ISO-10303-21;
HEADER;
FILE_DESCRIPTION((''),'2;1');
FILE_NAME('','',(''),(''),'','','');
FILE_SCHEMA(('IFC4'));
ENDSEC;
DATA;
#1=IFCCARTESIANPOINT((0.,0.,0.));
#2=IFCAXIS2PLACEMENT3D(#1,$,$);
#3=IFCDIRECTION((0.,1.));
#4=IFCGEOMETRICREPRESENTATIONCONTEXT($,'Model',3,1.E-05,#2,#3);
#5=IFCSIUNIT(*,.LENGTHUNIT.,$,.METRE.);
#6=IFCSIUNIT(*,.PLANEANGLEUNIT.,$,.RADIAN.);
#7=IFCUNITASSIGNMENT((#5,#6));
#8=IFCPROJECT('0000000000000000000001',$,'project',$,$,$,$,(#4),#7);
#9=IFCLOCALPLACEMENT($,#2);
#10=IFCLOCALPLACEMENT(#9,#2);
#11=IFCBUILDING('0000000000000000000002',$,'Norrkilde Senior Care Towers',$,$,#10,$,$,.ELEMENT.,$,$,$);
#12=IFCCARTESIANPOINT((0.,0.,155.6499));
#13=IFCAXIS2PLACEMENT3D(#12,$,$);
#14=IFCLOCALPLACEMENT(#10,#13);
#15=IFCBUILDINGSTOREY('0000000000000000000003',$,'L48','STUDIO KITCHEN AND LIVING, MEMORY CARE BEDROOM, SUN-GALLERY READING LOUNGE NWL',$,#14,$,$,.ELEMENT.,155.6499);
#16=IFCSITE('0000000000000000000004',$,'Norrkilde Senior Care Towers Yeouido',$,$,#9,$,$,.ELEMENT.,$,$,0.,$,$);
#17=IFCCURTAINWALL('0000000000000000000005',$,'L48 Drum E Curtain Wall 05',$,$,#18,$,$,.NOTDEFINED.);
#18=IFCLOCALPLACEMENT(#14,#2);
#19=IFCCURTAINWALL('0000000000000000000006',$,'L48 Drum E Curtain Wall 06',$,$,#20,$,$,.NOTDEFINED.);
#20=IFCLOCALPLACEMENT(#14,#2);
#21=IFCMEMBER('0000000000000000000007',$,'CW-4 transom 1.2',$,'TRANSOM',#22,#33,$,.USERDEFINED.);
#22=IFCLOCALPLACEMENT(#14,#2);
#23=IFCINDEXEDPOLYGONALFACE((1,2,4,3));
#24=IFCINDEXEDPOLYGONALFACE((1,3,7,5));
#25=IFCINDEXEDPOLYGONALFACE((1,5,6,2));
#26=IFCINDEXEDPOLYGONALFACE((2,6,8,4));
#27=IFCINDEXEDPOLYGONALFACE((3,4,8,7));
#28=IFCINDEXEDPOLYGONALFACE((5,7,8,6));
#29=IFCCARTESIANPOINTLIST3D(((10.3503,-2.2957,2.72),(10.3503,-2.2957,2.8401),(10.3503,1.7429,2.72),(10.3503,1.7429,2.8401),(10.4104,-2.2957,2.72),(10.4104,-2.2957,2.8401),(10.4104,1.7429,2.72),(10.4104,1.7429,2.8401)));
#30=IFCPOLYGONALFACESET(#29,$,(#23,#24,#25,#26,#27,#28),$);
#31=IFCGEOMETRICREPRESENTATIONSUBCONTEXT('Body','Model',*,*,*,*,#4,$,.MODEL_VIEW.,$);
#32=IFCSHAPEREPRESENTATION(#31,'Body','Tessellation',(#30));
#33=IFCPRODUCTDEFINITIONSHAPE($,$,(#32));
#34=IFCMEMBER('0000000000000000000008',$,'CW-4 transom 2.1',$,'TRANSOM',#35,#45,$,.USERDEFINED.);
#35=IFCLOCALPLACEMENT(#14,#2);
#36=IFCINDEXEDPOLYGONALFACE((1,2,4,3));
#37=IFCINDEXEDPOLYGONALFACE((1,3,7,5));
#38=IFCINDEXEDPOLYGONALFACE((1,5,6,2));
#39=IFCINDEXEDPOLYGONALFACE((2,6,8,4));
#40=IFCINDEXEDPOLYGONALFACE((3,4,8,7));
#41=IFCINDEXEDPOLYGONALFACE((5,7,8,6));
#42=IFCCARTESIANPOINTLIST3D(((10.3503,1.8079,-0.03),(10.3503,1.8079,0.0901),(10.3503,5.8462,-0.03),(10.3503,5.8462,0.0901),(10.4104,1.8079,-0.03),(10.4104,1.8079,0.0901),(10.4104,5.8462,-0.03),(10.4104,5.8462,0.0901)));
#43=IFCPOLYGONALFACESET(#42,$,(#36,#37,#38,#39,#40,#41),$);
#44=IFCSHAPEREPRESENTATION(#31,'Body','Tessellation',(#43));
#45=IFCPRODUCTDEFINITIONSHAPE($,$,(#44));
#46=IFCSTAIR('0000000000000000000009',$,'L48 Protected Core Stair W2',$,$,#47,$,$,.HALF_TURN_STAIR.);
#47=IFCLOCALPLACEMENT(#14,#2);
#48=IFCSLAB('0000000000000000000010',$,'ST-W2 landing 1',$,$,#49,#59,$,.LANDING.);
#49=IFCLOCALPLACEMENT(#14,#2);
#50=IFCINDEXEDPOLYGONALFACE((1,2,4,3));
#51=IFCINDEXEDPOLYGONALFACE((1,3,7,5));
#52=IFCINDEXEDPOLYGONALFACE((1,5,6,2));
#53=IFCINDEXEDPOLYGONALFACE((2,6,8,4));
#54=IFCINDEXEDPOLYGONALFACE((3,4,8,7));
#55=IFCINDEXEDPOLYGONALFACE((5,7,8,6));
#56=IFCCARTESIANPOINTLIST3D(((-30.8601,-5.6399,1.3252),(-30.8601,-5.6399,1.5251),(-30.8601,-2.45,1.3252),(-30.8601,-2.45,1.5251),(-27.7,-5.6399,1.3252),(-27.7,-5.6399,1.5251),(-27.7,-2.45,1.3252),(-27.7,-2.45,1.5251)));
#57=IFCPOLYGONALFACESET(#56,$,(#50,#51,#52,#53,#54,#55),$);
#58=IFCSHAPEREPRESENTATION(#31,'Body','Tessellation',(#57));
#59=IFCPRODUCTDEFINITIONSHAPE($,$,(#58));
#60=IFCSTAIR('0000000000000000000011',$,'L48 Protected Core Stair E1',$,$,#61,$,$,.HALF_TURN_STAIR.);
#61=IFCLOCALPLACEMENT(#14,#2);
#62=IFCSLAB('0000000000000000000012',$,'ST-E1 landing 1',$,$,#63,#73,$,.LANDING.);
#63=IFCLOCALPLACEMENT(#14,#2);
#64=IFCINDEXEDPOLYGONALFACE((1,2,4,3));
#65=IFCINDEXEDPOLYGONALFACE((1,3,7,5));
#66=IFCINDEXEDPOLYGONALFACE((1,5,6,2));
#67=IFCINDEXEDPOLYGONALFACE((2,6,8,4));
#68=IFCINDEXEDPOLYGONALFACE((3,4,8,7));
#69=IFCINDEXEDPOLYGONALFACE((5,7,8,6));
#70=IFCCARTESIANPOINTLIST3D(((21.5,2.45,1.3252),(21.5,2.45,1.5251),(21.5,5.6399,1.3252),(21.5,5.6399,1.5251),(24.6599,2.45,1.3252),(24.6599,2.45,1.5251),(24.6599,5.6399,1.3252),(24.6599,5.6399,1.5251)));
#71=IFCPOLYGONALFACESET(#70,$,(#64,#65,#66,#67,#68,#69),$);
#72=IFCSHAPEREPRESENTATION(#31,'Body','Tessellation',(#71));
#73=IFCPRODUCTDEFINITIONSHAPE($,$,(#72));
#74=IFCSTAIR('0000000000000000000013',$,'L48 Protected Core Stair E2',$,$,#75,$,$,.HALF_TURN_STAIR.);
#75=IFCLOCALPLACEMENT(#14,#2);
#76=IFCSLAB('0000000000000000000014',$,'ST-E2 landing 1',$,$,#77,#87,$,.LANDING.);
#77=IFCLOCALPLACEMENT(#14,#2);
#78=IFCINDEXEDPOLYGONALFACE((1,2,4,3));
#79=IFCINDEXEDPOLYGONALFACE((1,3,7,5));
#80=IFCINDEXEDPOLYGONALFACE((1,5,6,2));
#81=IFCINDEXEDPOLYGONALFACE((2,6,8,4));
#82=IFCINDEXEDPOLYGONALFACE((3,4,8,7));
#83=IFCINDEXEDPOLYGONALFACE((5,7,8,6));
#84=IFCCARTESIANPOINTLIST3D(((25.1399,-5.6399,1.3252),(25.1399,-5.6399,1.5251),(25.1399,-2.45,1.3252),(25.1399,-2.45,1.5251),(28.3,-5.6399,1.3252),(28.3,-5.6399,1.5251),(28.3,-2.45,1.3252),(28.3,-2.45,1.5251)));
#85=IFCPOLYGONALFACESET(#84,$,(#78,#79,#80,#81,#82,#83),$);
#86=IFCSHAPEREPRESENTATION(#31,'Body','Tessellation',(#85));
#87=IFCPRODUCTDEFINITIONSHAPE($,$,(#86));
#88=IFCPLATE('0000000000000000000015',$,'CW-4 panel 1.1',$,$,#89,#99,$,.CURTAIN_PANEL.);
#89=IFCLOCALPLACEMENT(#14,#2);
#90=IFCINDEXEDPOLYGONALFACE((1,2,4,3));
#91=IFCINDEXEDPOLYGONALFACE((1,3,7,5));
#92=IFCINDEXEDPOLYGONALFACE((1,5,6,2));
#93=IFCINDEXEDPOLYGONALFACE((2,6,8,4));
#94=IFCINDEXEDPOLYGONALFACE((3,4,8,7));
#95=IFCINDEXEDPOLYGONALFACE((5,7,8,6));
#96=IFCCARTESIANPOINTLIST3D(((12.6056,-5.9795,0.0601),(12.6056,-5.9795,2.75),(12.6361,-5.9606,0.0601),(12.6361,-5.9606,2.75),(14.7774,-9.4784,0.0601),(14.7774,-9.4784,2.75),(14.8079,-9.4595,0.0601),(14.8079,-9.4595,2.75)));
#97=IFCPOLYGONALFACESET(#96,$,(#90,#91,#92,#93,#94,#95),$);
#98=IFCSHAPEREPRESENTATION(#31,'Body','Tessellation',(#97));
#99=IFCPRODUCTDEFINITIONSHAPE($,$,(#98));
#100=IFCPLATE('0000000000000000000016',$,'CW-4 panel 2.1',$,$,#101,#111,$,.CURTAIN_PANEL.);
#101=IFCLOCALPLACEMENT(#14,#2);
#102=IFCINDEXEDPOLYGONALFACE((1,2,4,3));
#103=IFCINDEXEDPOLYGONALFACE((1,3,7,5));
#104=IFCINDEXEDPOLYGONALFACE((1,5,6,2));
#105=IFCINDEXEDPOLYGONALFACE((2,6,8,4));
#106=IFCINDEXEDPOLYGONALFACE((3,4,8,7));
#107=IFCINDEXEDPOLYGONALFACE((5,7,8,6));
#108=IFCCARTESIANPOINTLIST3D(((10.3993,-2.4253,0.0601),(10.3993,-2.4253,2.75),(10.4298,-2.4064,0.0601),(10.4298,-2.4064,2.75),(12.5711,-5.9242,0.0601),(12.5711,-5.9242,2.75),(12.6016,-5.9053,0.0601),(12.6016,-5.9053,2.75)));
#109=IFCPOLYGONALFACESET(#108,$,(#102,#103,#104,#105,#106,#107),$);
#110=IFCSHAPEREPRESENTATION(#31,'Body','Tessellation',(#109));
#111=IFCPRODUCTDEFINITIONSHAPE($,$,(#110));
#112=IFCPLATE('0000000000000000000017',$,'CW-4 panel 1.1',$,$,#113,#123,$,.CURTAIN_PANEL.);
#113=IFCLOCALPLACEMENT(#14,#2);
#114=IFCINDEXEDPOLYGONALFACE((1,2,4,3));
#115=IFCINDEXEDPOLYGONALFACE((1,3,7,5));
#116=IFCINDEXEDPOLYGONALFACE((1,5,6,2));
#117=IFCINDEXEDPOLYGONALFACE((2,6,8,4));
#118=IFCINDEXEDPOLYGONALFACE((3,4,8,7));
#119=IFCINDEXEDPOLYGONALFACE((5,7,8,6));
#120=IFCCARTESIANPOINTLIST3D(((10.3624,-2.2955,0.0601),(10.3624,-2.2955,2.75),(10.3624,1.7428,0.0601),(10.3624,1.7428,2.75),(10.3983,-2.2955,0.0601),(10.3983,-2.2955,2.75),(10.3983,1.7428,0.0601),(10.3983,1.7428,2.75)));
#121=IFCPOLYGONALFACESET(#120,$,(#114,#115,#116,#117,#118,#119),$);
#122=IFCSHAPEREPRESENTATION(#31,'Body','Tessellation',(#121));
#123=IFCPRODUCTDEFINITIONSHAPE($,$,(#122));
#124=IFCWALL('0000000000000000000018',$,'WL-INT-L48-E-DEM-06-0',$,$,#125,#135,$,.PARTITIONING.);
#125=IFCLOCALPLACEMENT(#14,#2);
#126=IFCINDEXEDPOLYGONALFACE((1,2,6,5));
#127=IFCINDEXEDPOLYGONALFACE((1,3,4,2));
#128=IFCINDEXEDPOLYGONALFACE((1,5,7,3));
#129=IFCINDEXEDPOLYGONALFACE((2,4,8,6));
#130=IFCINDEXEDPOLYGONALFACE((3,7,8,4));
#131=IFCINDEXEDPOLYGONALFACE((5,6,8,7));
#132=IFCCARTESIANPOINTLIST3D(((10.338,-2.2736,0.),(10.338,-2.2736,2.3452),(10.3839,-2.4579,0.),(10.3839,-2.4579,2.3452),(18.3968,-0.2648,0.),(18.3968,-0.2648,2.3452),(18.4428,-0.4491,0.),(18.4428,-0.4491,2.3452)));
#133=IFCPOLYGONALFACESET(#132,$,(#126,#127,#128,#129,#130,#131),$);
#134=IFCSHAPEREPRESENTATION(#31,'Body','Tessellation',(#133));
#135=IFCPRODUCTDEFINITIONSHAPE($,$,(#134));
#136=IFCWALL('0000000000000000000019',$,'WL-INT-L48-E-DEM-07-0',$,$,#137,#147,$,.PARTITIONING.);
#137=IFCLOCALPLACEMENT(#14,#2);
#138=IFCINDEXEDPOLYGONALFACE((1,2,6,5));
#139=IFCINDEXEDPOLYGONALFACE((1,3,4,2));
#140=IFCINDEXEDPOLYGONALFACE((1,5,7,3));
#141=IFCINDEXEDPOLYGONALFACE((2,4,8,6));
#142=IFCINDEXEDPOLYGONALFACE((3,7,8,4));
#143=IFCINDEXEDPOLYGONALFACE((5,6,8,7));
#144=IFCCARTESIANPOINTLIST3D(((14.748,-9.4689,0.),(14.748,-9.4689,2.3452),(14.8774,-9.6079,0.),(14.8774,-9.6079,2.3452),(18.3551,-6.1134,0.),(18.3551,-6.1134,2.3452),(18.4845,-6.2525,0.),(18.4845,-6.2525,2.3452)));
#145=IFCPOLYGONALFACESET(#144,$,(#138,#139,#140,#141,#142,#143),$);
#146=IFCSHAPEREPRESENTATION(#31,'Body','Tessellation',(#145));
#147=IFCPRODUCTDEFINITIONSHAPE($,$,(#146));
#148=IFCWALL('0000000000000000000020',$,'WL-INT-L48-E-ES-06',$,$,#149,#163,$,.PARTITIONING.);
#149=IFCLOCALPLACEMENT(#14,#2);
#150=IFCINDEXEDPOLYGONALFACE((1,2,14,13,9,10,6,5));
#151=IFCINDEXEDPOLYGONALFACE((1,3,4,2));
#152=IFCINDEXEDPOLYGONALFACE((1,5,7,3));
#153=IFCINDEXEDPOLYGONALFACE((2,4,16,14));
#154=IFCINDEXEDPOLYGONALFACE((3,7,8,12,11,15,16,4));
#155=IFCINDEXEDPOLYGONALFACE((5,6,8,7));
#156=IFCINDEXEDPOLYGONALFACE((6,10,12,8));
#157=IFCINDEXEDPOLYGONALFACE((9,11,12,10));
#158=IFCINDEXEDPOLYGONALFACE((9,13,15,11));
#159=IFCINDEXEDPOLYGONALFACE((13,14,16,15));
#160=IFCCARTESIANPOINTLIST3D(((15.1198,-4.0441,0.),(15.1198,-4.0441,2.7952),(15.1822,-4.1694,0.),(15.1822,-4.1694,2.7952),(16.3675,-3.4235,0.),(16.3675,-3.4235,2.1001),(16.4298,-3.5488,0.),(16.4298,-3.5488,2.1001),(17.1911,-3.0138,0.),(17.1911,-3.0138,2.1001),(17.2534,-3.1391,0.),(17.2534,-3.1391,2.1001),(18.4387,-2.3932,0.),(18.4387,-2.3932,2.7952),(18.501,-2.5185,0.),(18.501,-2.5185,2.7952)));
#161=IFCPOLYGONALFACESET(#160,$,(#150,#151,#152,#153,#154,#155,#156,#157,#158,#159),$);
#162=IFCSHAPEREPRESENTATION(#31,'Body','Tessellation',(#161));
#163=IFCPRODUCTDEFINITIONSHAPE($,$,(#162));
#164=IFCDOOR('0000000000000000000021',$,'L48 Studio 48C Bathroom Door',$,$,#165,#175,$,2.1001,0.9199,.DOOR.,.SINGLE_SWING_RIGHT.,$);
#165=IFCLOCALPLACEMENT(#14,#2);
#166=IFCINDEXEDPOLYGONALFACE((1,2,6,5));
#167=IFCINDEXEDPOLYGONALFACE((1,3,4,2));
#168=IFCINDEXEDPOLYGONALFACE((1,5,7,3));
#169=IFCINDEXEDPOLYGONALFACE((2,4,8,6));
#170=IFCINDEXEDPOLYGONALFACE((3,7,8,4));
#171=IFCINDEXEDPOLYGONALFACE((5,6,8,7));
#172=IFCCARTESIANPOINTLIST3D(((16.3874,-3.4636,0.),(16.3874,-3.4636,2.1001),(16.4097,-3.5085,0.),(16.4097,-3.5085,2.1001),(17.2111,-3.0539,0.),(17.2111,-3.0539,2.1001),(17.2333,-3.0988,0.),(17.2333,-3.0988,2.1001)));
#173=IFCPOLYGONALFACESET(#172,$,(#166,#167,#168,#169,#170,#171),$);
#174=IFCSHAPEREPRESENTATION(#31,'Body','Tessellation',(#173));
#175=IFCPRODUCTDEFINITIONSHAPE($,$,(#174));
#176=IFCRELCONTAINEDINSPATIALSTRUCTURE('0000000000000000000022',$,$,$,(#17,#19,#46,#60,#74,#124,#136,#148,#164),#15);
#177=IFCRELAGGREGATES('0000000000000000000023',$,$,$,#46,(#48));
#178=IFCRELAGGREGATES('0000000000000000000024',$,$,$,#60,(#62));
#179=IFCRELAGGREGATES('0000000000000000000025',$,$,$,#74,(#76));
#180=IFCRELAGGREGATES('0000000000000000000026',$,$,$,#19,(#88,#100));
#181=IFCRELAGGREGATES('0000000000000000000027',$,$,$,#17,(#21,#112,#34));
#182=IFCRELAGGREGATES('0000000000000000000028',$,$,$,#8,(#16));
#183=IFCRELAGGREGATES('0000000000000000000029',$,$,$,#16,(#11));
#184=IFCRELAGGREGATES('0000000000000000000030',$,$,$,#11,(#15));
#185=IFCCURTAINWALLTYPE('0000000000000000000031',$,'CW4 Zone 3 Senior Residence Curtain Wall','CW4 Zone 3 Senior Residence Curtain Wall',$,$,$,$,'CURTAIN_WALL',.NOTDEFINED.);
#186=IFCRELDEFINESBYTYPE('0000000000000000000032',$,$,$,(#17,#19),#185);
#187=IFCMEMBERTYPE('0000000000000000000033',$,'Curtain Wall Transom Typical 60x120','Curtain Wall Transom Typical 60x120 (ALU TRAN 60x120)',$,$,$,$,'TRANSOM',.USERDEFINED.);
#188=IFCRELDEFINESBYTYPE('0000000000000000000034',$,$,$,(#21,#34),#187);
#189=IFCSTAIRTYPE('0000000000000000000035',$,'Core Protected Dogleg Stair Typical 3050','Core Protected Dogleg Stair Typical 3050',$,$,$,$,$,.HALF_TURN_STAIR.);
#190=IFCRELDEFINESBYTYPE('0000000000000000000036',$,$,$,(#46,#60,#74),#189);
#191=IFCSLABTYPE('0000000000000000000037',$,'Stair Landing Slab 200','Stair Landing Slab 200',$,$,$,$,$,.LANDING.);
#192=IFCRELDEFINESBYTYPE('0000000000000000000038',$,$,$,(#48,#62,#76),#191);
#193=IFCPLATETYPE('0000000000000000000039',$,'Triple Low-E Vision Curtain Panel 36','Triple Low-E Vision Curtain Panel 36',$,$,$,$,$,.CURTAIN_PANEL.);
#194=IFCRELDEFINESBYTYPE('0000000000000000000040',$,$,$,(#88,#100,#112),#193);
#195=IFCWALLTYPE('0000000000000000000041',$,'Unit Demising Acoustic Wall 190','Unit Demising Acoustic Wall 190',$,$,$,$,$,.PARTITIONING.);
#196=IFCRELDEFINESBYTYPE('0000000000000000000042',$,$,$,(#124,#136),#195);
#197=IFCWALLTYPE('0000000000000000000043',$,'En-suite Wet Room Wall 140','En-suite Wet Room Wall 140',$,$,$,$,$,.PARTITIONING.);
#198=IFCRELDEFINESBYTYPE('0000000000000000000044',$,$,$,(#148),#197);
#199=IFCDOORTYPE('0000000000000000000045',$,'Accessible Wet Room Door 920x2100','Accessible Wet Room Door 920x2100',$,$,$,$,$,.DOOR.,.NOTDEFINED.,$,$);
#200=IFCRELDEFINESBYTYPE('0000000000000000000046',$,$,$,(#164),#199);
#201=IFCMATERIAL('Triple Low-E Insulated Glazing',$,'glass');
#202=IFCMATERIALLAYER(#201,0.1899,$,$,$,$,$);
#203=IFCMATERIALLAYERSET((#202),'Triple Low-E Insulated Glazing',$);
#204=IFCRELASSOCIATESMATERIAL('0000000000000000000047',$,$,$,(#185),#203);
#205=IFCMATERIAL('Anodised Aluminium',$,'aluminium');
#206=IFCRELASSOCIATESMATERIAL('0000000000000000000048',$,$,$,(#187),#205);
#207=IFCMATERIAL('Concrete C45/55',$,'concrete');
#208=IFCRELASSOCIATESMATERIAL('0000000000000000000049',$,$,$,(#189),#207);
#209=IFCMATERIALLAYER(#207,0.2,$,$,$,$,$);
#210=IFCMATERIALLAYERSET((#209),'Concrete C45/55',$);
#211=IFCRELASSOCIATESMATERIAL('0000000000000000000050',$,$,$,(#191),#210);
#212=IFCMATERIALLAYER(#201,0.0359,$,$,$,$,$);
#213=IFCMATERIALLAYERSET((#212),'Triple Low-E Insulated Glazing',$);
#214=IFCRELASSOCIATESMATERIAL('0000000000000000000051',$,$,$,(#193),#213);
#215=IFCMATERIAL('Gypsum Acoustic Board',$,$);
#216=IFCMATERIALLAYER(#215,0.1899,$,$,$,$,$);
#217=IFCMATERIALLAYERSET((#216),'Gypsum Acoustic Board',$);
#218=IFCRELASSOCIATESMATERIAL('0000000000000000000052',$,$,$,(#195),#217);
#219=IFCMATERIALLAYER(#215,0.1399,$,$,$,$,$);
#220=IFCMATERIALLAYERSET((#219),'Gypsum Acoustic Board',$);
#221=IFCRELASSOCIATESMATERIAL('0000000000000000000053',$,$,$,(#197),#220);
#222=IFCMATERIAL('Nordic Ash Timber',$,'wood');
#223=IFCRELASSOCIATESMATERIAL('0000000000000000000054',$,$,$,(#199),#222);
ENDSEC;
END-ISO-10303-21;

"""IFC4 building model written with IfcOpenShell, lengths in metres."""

from ifc_helpers import new_model, si_unit, direction, frame, frame_2d, origin, origin_2d, place, context, subcontext, project, spatial, polyline, rectangle, outline, extrude, source, transform, mapped, material, layer, layer_set, material_profile, profile_set, type_object, type_shapes, element, fill, aggregate, save


model = new_model("IFC4")

# Units and contexts
model_context = context("Model", 3, precision=1e-05, world=origin(), true_north=direction((0.0, 1.0)))
body_context = subcontext(model_context, "Body", "Model", "MODEL_VIEW")
ifc_project = project(units=[si_unit("LENGTHUNIT", "METRE"), si_unit("PLANEANGLEUNIT", "RADIAN")], contexts=[model_context])

# Site, building, storey
site_placement = place(None, origin())
site = spatial("IfcSite", under=ifc_project, at=site_placement, Name="Norrkilde Senior Care Towers Yeouido", CompositionType="ELEMENT", RefElevation=0.0)
building_placement = place(site_placement, origin())
building = spatial("IfcBuilding", under=site, at=building_placement, Name="Norrkilde Senior Care Towers", CompositionType="ELEMENT")
storey_placement = place(building_placement, frame((0.0, 0.0, 155.6499)))
storey = spatial("IfcBuildingStorey", under=building, at=storey_placement, Name="L48", Description="STUDIO KITCHEN AND LIVING, MEMORY CARE BEDROOM, SUN-GALLERY READING LOUNGE NWL", CompositionType="ELEMENT", Elevation=155.6499)

# Curtain walls
ifc_material_1 = material(Name="Triple Low-E Insulated Glazing", Category="glass")
ifc_layer_1 = layer(ifc_material_1, 0.1899)
ifc_layer_set_1 = layer_set([ifc_layer_1], Name="Triple Low-E Insulated Glazing")
curtain_wall_type = type_object("IfcCurtainWallType", Name="CW4 Zone 3 Senior Residence Curtain Wall", Description="CW4 Zone 3 Senior Residence Curtain Wall", ElementType="CURTAIN_WALL", PredefinedType="NOTDEFINED", material=ifc_layer_set_1)
curtain_wall_1_placement = place(storey_placement, origin())
curtain_wall_1 = element("IfcCurtainWall", 1, at=curtain_wall_1_placement, inside=storey, type_object=curtain_wall_type, Name="L48 Drum E Curtain Wall 05", PredefinedType="NOTDEFINED")
ifc_material_2 = material(Name="Anodised Aluminium", Category="aluminium")
curtain_wall_2_placement = place(storey_placement, origin())
curtain_wall_2 = element("IfcCurtainWall", 2, at=curtain_wall_2_placement, inside=storey, type_object=curtain_wall_type, Name="L48 Drum E Curtain Wall 06", PredefinedType="NOTDEFINED")
ifc_material_profile_1 = material_profile(ifc_material_2, rectangle(XDim=0.0601, YDim=0.1201, at=origin_2d()), Name="ALU TRAN 60x120")
ifc_profile_set_1 = profile_set([ifc_material_profile_1], Name="Anodised Aluminium")
member_type_1 = type_object("IfcMemberType", Name="Curtain Wall Transom Typical 60x120", Description="Curtain Wall Transom Typical 60x120 (ALU TRAN 60x120)", ElementType="TRANSOM", PredefinedType="USERDEFINED", material=ifc_profile_set_1)

# Members
shared_shape_1 = source(origin(), body_context, "Body", "SweptSolid", [
    extrude(rectangle(XDim=0.0601, YDim=0.1201, at=origin_2d()), origin(), (0.0, 0.0, 1.0), 4.0386),
])
member_1_placement = place(storey_placement, frame((10.3804, -2.2957, 2.78), z_axis=(0.0, 1.0, 0.0), x_axis=(-1.0, 0.0, 0.0)))
member_1 = element("IfcMember", 3, at=member_1_placement, type_object=member_type_1, Name="CW-4 transom 1.2", ObjectType="TRANSOM", PredefinedType="USERDEFINED", context=body_context, shape_type="MappedRepresentation", body=[
    mapped(shared_shape_1, transform((0.0, 0.0, 0.0), x_axis=(1.0, 0.0, 0.0), y_axis=(0.0, 1.0, 0.0), z_axis=(0.0, 0.0, 1.0), scale=1.0)),
])
shared_shape_2 = source(origin(), body_context, "Body", "SweptSolid", [
    extrude(rectangle(XDim=0.0601, YDim=0.1201, at=origin_2d()), origin(), (0.0, 0.0, 1.0), 4.0383),
])
member_2_placement = place(storey_placement, frame((10.3804, 1.8079, 0.03), z_axis=(0.0, 1.0, 0.0), x_axis=(-1.0, 0.0, 0.0)))
member_2 = element("IfcMember", 4, at=member_2_placement, type_object=member_type_1, Name="CW-4 transom 2.1", ObjectType="TRANSOM", PredefinedType="USERDEFINED", context=body_context, shape_type="MappedRepresentation", body=[
    mapped(shared_shape_2, transform((0.0, 0.0, 0.0), x_axis=(1.0, 0.0, 0.0), y_axis=(0.0, 1.0, 0.0), z_axis=(0.0, 0.0, 1.0), scale=1.0)),
])

# Stairs, slabs
ifc_material_3 = material(Name="Concrete C45/55", Category="concrete")
stair_type = type_object("IfcStairType", Name="Core Protected Dogleg Stair Typical 3050", Description="Core Protected Dogleg Stair Typical 3050", PredefinedType="HALF_TURN_STAIR", material=ifc_material_3)
stair_1_placement = place(storey_placement, origin())
stair_1 = element("IfcStair", 5, at=stair_1_placement, inside=storey, type_object=stair_type, Name="L48 Protected Core Stair W2", PredefinedType="HALF_TURN_STAIR")
ifc_layer_2 = layer(ifc_material_3, 0.2)
ifc_layer_set_2 = layer_set([ifc_layer_2], Name="Concrete C45/55")
slab_type = type_object("IfcSlabType", Name="Stair Landing Slab 200", Description="Stair Landing Slab 200", PredefinedType="LANDING", material=ifc_layer_set_2)
slab_1_placement = place(storey_placement, frame((0.0, 0.0, 1.3252)))
slab_1 = element("IfcSlab", 6, at=slab_1_placement, type_object=slab_type, Name="ST-W2 landing 1", PredefinedType="LANDING", context=body_context, shape_type="SweptSolid", body=[
    extrude(outline(polyline([(-30.8601, -5.6399), (-27.7, -5.6399), (-27.7, -2.45), (-30.8601, -2.45), (-30.8601, -5.6399)])), origin(), (0.0, 0.0, 1.0), 0.2),
])
aggregate(stair_1, [slab_1])
stair_2_placement = place(storey_placement, origin())
stair_2 = element("IfcStair", 7, at=stair_2_placement, inside=storey, type_object=stair_type, Name="L48 Protected Core Stair E1", PredefinedType="HALF_TURN_STAIR")
slab_2_placement = place(storey_placement, frame((0.0, 0.0, 1.3252)))
slab_2 = element("IfcSlab", 8, at=slab_2_placement, type_object=slab_type, Name="ST-E1 landing 1", PredefinedType="LANDING", context=body_context, shape_type="SweptSolid", body=[
    extrude(outline(polyline([(24.6599, 5.6399), (21.5, 5.6399), (21.5, 2.45), (24.6599, 2.45), (24.6599, 5.6399)])), origin(), (0.0, 0.0, 1.0), 0.2),
])
aggregate(stair_2, [slab_2])
stair_3_placement = place(storey_placement, origin())
stair_3 = element("IfcStair", 9, at=stair_3_placement, inside=storey, type_object=stair_type, Name="L48 Protected Core Stair E2", PredefinedType="HALF_TURN_STAIR")
slab_3_placement = place(storey_placement, frame((0.0, 0.0, 1.3252)))
slab_3 = element("IfcSlab", 10, at=slab_3_placement, type_object=slab_type, Name="ST-E2 landing 1", PredefinedType="LANDING", context=body_context, shape_type="SweptSolid", body=[
    extrude(outline(polyline([(25.1399, -5.6399), (28.3, -5.6399), (28.3, -2.45), (25.1399, -2.45), (25.1399, -5.6399)])), origin(), (0.0, 0.0, 1.0), 0.2),
])
aggregate(stair_3, [slab_3])

# Plates
ifc_layer_3 = layer(ifc_material_1, 0.0359)
ifc_layer_set_3 = layer_set([ifc_layer_3], Name="Triple Low-E Insulated Glazing")
plate_type = type_object("IfcPlateType", Name="Triple Low-E Vision Curtain Panel 36", Description="Triple Low-E Vision Curtain Panel 36", PredefinedType="CURTAIN_PANEL", material=ifc_layer_set_3)
shared_shape_3 = source(origin(), body_context, "Body", "SweptSolid", [
    extrude(rectangle(XDim=4.1182, YDim=0.0359, at=origin_2d()), origin(), (0.0, 0.0, 1.0), 2.6899),
])
plate_1_placement = place(storey_placement, frame((13.7068, -7.7195, 0.0601), z_axis=(0.0, 0.0, 1.0), x_axis=(-0.527373, 0.849634, 0.0)))
plate_1 = element("IfcPlate", 11, at=plate_1_placement, type_object=plate_type, Name="CW-4 panel 1.1", PredefinedType="CURTAIN_PANEL", context=body_context, shape_type="MappedRepresentation", body=[
    mapped(shared_shape_3, transform((0.0, 0.0, 0.0), x_axis=(1.0, 0.0, 0.0), y_axis=(0.0, 1.0, 0.0), z_axis=(0.0, 0.0, 1.0), scale=1.0)),
])
plate_2_placement = place(storey_placement, frame((11.5005, -4.1653, 0.0601), z_axis=(0.0, 0.0, 1.0), x_axis=(-0.527373, 0.849634, 0.0)))
plate_2 = element("IfcPlate", 12, at=plate_2_placement, type_object=plate_type, Name="CW-4 panel 2.1", PredefinedType="CURTAIN_PANEL", context=body_context, shape_type="MappedRepresentation", body=[
    mapped(shared_shape_3, transform((0.0, 0.0, 0.0), x_axis=(1.0, 0.0, 0.0), y_axis=(0.0, 1.0, 0.0), z_axis=(0.0, 0.0, 1.0), scale=1.0)),
])
aggregate(curtain_wall_2, [plate_1, plate_2])
shared_shape_4 = source(origin(), body_context, "Body", "SweptSolid", [
    extrude(rectangle(XDim=4.0383, YDim=0.0359, at=origin_2d()), origin(), (0.0, 0.0, 1.0), 2.6899),
])
type_shapes(plate_type, [shared_shape_3, shared_shape_4])
plate_3_placement = place(storey_placement, frame((10.3804, -0.2764, 0.0601), z_axis=(0.0, 0.0, 1.0), x_axis=(0.0, 1.0, 0.0)))
plate_3 = element("IfcPlate", 13, at=plate_3_placement, type_object=plate_type, Name="CW-4 panel 1.1", PredefinedType="CURTAIN_PANEL", context=body_context, shape_type="MappedRepresentation", body=[
    mapped(shared_shape_4, transform((0.0, 0.0, 0.0), x_axis=(1.0, 0.0, 0.0), y_axis=(0.0, 1.0, 0.0), z_axis=(0.0, 0.0, 1.0), scale=1.0)),
])
aggregate(curtain_wall_1, [member_1, plate_3, member_2])

# Walls
ifc_material_4 = material(Name="Gypsum Acoustic Board")
ifc_layer_4 = layer(ifc_material_4, 0.1899)
ifc_layer_set_4 = layer_set([ifc_layer_4], Name="Gypsum Acoustic Board")
wall_type_1 = type_object("IfcWallType", Name="Unit Demising Acoustic Wall 190", Description="Unit Demising Acoustic Wall 190", PredefinedType="PARTITIONING", material=ifc_layer_set_4)
shared_shape_5 = source(origin(), body_context, "Body", "SweptSolid", [
    extrude(rectangle(XDim=8.3054, YDim=0.1899, at=frame_2d((4.1528, 0.0))), origin(), (0.0, 0.0, 1.0), 2.3452),
])
wall_1_placement = place(storey_placement, frame((18.4199, -0.3569, 0.0), z_axis=(0.0, 0.0, 1.0), x_axis=(-0.97031, -0.241865, 0.0)))
element("IfcWall", 14, at=wall_1_placement, inside=storey, type_object=wall_type_1, Name="WL-INT-L48-E-DEM-06-0", PredefinedType="PARTITIONING", context=body_context, shape_type="MappedRepresentation", body=[
    mapped(shared_shape_5, transform((0.0, 0.0, 0.0), x_axis=(1.0, 0.0, 0.0), y_axis=(0.0, 1.0, 0.0), z_axis=(0.0, 0.0, 1.0), scale=1.0)),
])
shared_shape_6 = source(origin(), body_context, "Body", "SweptSolid", [
    extrude(rectangle(XDim=4.9265, YDim=0.1899, at=frame_2d((2.4634, 0.0))), origin(), (0.0, 0.0, 1.0), 2.3452),
])
type_shapes(wall_type_1, [shared_shape_5, shared_shape_6])
wall_2_placement = place(storey_placement, frame((18.4199, -6.1829, 0.0), z_axis=(0.0, 0.0, 1.0), x_axis=(-0.732191, -0.681099, 0.0)))
element("IfcWall", 15, at=wall_2_placement, inside=storey, type_object=wall_type_1, Name="WL-INT-L48-E-DEM-07-0", PredefinedType="PARTITIONING", context=body_context, shape_type="MappedRepresentation", body=[
    mapped(shared_shape_6, transform((0.0, 0.0, 0.0), x_axis=(1.0, 0.0, 0.0), y_axis=(0.0, 1.0, 0.0), z_axis=(0.0, 0.0, 1.0), scale=1.0)),
])

# Wall, opening, door
ifc_layer_5 = layer(ifc_material_4, 0.1399)
ifc_layer_set_5 = layer_set([ifc_layer_5], Name="Gypsum Acoustic Board")
wall_type_2 = type_object("IfcWallType", Name="En-suite Wet Room Wall 140", Description="En-suite Wet Room Wall 140", PredefinedType="PARTITIONING", material=ifc_layer_set_5)
shared_shape_7 = source(origin(), body_context, "Body", "SweptSolid", [
    extrude(rectangle(XDim=3.7068, YDim=0.1399, at=frame_2d((1.8535, 0.0))), origin(), (0.0, 0.0, 1.0), 2.7952),
])
wall_3_placement = place(storey_placement, frame((18.47, -2.4558, 0.0), z_axis=(0.0, 0.0, 1.0), x_axis=(-0.895347, -0.445368, 0.0)))
wall_3 = element("IfcWall", 16, at=wall_3_placement, inside=storey, type_object=wall_type_2, Name="WL-INT-L48-E-ES-06", PredefinedType="PARTITIONING", context=body_context, shape_type="MappedRepresentation", body=[
    mapped(shared_shape_7, transform((0.0, 0.0, 0.0), x_axis=(1.0, 0.0, 0.0), y_axis=(0.0, 1.0, 0.0), z_axis=(0.0, 0.0, 1.0), scale=1.0)),
])
opening_placement = place(wall_3_placement, frame((1.3936, 0.0, 0.0)))
opening = element("IfcOpeningElement", 17, at=opening_placement, cuts=wall_3, PredefinedType="OPENING", context=body_context, shape_type="SweptSolid", body=[
    extrude(rectangle(XDim=0.9199, YDim=2.1001, at=frame_2d((0.46, 1.05))), frame((0.0, 0.0798, 0.0), z_axis=(0.0, -1.0, 0.0), x_axis=(1.0, 0.0, 0.0)), (0.0, 0.0, 1.0), 0.1599),
])
ifc_material_5 = material(Name="Nordic Ash Timber", Category="wood")
door_type = type_object("IfcDoorType", Name="Accessible Wet Room Door 920x2100", Description="Accessible Wet Room Door 920x2100", OperationType="NOTDEFINED", PredefinedType="DOOR", material=ifc_material_5)
shared_shape_8 = source(origin(), body_context, "Body", "SweptSolid", [
    extrude(rectangle(XDim=0.9199, YDim=2.1001, at=frame_2d((0.46, 1.05))), frame((0.0, 0.0249, 0.0), z_axis=(0.0, -1.0, 0.0), x_axis=(1.0, 0.0, 0.0)), (0.0, 0.0, 1.0), 0.05),
])
type_shapes(door_type, [shared_shape_8])
door_placement = place(opening_placement, origin())
door = element("IfcDoor", 18, at=door_placement, inside=storey, type_object=door_type, Name="L48 Studio 48C Bathroom Door", OperationType="SINGLE_SWING_RIGHT", OverallHeight=2.1001, OverallWidth=0.9199, PredefinedType="DOOR", context=body_context, shape_type="MappedRepresentation", body=[
    mapped(shared_shape_8, transform((0.0, 0.0, 0.0), x_axis=(1.0, 0.0, 0.0), y_axis=(0.0, 1.0, 0.0), z_axis=(0.0, 0.0, 1.0), scale=1.0)),
])
fill(opening, door)

save(model, "model.ifc")
